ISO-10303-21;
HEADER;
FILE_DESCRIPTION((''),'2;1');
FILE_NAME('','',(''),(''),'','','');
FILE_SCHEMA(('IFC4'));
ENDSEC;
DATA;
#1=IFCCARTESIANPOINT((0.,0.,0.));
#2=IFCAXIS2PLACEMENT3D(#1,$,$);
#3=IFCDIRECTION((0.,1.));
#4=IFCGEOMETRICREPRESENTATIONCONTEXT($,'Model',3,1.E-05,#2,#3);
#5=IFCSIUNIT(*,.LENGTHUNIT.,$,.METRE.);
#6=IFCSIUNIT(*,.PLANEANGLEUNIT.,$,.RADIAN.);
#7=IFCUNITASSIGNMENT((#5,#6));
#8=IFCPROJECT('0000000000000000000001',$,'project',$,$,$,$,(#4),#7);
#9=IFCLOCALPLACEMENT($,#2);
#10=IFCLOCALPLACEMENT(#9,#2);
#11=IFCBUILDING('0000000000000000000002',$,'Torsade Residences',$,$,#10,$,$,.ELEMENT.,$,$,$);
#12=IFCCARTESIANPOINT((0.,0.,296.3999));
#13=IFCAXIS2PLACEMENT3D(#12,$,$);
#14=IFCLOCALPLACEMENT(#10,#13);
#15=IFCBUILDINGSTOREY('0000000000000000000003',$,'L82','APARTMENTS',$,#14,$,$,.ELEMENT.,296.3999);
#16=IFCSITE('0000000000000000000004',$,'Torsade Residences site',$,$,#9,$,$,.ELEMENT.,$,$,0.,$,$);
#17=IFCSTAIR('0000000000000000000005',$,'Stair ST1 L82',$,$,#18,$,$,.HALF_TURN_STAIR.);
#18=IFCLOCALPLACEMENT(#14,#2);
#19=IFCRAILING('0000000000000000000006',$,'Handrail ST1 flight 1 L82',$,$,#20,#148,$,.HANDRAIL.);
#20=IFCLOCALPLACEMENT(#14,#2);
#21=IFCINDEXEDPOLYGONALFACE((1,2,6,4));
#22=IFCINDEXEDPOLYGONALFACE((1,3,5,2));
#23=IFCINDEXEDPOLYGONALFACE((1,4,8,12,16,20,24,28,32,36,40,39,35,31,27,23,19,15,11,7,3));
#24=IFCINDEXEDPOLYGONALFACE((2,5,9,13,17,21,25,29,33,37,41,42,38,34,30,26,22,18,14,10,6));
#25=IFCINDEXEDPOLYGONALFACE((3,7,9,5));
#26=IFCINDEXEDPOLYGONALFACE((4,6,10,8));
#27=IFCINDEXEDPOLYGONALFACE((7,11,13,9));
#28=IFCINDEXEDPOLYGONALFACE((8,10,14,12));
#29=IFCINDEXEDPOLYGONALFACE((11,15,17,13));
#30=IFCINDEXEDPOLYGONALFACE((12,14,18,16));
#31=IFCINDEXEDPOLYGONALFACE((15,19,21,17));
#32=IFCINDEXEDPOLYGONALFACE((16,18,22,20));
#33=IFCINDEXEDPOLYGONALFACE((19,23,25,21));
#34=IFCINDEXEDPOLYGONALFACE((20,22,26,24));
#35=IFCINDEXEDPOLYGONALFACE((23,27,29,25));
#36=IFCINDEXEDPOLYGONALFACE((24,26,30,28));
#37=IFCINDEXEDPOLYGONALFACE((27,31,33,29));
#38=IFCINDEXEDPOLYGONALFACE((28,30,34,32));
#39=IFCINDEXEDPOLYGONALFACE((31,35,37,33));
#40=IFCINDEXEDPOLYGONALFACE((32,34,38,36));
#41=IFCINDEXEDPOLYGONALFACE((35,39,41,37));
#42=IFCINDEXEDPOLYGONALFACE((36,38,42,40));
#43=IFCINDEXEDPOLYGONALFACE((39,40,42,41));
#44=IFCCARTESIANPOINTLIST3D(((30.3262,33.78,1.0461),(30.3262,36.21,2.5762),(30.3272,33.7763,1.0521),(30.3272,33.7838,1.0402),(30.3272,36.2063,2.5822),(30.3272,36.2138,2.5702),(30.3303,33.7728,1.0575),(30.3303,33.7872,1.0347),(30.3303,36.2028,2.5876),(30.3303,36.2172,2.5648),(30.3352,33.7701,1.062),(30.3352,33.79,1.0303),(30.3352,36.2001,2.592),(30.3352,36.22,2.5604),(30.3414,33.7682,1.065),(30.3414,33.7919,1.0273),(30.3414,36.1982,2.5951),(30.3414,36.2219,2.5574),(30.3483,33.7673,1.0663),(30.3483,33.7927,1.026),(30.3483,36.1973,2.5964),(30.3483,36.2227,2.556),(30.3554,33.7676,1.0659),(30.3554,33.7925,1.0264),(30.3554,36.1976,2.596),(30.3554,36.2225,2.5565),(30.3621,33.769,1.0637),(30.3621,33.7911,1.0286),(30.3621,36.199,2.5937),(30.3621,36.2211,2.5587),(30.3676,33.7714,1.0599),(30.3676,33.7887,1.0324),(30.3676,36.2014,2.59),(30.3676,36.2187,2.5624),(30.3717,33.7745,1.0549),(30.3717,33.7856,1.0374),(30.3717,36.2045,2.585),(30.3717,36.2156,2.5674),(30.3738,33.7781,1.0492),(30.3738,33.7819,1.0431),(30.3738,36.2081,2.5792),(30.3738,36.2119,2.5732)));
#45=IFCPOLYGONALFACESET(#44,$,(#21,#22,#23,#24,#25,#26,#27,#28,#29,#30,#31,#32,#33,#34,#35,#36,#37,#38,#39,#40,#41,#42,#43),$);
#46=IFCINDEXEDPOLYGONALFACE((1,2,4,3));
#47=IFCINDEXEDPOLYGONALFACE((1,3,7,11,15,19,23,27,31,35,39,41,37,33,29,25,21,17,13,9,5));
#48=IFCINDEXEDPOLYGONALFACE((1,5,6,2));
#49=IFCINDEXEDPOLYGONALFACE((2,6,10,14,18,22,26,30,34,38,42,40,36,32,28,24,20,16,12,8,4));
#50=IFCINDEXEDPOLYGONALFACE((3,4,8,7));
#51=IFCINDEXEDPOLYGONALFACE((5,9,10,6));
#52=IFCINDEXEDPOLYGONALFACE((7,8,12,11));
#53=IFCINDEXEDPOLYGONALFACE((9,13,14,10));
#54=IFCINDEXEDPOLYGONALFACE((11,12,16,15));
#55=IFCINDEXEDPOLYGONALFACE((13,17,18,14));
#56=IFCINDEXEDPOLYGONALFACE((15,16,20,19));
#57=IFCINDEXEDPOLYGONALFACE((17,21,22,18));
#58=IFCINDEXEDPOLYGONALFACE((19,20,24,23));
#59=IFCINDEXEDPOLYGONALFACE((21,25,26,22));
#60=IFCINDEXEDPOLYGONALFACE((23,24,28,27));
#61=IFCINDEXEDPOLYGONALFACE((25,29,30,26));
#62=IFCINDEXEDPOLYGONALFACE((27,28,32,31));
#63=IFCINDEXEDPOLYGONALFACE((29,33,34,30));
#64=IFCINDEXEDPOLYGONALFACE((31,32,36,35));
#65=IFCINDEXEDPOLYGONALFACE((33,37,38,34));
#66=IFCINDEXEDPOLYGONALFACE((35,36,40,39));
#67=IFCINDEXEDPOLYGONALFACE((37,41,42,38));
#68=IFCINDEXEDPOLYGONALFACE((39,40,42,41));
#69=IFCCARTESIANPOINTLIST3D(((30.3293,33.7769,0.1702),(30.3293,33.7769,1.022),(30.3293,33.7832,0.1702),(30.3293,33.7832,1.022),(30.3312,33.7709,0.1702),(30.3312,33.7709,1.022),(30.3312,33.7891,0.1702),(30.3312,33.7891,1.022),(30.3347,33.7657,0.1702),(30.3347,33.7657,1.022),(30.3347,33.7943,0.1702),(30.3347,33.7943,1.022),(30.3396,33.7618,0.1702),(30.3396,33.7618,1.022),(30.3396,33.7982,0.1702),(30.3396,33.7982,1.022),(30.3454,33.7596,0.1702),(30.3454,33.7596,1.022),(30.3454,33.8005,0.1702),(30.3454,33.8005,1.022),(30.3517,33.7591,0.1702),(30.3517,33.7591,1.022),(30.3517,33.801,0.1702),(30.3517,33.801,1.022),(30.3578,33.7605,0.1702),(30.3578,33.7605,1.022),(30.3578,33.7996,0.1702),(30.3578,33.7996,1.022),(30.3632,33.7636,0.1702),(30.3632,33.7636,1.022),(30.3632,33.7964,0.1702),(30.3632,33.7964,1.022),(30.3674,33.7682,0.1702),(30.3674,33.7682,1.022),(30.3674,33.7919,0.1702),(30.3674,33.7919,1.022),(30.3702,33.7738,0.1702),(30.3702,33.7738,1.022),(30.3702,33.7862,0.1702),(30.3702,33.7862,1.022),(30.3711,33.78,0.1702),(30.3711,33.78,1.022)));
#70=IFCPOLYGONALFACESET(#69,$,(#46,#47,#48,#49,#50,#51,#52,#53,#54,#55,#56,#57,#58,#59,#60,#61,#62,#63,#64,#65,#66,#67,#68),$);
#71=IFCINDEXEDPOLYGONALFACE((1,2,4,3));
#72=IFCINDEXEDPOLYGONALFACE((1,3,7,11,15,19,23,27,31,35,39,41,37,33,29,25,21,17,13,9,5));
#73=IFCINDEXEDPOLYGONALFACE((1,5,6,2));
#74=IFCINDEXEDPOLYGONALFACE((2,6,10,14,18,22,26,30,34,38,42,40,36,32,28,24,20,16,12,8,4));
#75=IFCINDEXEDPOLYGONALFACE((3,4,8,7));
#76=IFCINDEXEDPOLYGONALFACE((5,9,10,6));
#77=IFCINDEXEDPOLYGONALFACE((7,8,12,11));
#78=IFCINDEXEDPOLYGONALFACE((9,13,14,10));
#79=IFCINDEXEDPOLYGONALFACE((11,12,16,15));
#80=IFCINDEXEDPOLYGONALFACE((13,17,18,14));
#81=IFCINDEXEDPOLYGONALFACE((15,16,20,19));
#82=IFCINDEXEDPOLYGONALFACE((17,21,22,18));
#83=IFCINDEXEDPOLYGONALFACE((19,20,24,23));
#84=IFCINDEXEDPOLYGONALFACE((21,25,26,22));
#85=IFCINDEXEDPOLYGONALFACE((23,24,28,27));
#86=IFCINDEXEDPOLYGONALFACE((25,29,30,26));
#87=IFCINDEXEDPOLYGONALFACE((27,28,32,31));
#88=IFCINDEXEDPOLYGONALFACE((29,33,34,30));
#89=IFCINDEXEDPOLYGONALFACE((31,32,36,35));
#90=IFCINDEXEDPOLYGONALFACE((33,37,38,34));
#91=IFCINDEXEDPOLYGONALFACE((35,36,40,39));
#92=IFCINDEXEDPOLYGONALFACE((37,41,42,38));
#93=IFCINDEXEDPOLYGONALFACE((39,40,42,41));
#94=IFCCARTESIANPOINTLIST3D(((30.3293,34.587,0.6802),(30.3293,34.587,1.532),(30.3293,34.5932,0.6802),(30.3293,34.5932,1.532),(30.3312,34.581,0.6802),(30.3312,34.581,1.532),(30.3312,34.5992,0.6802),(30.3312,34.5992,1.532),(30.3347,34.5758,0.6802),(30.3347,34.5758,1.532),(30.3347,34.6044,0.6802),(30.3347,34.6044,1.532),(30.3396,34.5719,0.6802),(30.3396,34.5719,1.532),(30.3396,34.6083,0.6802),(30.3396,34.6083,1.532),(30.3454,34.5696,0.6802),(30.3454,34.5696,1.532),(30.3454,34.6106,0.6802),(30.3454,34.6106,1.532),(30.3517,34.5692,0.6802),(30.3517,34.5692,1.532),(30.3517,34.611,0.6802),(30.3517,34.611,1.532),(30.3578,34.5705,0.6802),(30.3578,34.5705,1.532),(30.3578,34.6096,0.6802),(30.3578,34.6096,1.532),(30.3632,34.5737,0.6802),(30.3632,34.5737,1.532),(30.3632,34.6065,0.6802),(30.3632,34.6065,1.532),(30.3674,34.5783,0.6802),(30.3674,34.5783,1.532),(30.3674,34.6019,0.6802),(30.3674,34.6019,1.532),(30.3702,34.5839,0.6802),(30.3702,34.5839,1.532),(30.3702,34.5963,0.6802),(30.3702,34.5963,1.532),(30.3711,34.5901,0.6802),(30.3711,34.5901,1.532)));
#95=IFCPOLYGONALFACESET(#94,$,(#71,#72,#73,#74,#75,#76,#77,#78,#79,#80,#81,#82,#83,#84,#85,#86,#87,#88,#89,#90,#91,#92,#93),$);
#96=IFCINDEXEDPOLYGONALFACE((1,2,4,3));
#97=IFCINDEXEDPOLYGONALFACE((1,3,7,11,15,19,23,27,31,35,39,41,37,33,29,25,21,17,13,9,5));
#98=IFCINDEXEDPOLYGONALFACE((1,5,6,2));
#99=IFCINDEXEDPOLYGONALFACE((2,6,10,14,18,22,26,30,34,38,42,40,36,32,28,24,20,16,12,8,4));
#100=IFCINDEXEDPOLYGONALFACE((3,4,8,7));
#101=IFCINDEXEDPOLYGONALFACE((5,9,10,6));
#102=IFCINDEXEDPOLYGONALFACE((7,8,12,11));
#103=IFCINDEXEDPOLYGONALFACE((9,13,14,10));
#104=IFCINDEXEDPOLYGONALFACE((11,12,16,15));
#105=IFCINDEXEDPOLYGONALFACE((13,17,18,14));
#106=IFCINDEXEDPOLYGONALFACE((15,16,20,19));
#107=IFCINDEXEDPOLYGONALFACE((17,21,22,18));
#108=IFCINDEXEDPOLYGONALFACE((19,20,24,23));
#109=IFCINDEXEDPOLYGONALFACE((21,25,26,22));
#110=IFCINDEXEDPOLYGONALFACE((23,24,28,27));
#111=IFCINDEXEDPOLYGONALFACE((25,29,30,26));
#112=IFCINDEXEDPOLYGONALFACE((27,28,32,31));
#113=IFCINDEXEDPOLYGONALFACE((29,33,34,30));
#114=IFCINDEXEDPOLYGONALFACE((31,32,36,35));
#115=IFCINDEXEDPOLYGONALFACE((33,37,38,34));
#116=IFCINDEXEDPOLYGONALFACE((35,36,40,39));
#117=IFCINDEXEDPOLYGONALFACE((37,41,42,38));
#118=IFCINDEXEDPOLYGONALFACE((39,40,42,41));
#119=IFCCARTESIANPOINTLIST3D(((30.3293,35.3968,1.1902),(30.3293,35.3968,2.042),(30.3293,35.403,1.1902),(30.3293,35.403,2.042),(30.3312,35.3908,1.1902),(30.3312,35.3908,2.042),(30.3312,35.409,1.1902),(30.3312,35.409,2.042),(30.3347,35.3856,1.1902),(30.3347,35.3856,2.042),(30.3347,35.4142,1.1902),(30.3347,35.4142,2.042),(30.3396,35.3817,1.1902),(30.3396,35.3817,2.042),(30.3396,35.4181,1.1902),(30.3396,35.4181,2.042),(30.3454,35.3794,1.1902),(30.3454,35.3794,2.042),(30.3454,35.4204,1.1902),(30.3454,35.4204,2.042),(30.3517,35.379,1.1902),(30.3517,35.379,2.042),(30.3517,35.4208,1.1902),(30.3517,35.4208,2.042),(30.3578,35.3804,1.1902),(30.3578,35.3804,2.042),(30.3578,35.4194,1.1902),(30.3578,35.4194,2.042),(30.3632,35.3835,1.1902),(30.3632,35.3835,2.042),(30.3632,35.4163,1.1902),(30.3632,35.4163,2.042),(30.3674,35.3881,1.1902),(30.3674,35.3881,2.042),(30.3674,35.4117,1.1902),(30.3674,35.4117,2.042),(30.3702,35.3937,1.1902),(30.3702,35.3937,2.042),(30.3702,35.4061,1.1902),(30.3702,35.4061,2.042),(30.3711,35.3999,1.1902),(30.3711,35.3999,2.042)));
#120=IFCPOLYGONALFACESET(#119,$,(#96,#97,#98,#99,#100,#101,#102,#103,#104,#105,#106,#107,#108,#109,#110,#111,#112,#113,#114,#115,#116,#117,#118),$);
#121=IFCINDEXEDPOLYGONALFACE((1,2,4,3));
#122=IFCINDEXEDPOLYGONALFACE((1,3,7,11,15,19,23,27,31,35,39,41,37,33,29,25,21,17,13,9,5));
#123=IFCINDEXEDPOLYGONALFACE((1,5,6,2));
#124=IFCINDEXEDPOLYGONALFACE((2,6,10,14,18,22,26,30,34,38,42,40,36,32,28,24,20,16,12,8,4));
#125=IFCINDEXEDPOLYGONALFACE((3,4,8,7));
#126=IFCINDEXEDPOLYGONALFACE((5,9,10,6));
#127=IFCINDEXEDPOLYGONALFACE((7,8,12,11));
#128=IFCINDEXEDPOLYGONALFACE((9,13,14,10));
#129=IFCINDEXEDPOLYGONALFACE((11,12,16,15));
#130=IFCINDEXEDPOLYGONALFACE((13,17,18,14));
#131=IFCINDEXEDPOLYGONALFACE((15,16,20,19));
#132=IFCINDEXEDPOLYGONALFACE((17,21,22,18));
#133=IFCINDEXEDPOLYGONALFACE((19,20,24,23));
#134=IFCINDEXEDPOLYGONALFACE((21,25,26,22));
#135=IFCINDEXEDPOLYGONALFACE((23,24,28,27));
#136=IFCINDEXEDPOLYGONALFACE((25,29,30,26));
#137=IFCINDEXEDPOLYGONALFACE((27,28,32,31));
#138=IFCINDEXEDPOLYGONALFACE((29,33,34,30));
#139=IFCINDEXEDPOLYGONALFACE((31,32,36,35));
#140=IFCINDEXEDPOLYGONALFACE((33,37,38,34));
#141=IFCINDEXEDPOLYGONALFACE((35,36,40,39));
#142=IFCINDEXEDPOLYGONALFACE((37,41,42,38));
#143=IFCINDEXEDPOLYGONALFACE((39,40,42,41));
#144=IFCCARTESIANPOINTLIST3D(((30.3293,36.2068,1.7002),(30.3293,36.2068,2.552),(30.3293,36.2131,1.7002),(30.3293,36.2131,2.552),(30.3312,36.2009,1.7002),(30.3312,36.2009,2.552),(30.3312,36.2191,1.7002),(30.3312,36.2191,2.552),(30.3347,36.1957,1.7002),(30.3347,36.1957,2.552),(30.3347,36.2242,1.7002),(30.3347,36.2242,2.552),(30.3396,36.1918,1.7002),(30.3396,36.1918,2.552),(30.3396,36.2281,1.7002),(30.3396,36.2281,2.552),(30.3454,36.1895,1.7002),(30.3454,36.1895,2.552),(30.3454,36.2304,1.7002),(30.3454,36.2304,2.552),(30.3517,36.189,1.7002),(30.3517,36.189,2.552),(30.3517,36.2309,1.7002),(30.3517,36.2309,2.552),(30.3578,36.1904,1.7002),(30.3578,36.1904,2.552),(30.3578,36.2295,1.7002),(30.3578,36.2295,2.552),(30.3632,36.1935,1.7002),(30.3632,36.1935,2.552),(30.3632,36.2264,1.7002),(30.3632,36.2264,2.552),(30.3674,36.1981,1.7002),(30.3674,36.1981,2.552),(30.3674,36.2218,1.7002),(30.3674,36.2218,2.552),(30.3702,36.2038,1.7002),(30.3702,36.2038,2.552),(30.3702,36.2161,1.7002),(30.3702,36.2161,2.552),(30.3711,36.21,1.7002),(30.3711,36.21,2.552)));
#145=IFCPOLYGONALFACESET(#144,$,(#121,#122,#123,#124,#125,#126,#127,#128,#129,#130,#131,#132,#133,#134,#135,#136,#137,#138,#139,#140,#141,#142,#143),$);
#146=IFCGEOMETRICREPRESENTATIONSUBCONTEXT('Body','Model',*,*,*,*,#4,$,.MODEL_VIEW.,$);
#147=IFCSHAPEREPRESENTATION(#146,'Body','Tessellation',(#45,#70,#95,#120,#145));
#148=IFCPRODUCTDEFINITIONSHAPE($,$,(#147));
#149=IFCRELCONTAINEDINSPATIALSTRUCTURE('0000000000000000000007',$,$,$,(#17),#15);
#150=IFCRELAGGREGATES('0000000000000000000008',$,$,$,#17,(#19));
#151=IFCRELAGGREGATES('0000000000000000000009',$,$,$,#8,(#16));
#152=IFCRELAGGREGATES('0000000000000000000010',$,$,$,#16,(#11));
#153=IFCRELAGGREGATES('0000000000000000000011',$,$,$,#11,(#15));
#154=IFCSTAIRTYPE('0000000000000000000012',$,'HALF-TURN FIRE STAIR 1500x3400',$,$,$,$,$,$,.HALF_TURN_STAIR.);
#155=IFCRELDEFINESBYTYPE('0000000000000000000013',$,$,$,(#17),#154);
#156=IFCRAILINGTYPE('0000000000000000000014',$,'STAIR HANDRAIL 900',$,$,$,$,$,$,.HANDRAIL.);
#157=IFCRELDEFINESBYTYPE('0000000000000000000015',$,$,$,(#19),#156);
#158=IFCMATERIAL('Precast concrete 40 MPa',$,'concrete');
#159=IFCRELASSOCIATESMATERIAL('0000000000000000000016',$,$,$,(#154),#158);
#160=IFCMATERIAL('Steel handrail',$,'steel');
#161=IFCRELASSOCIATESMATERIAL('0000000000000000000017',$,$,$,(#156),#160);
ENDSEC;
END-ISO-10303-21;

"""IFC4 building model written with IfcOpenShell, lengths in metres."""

from ifc_helpers import new_model, si_unit, direction, frame, origin, origin_2d, place, context, subcontext, project, spatial, circle, extrude, material, type_object, element, aggregate, save


model = new_model("IFC4")

# Units and contexts
model_context = context("Model", 3, precision=1e-05, world=origin(), true_north=direction((0.0, 1.0)))
body_context = subcontext(model_context, "Body", "Model", "MODEL_VIEW")
ifc_project = project(units=[si_unit("LENGTHUNIT", "METRE"), si_unit("PLANEANGLEUNIT", "RADIAN")], contexts=[model_context])

# Site, building, storey
site_placement = place(None, origin())
site = spatial("IfcSite", under=ifc_project, at=site_placement, Name="Torsade Residences site", CompositionType="ELEMENT", RefElevation=0.0)
building_placement = place(site_placement, origin())
building = spatial("IfcBuilding", under=site, at=building_placement, Name="Torsade Residences", CompositionType="ELEMENT")
storey_placement = place(building_placement, frame((0.0, 0.0, 296.3999)))
storey = spatial("IfcBuildingStorey", under=building, at=storey_placement, Name="L82", Description="APARTMENTS", CompositionType="ELEMENT", Elevation=296.3999)

# Stair, railing
ifc_material_1 = material(Name="Precast concrete 40 MPa", Category="concrete")
stair_type = type_object("IfcStairType", Name="HALF-TURN FIRE STAIR 1500x3400", PredefinedType="HALF_TURN_STAIR", material=ifc_material_1)
stair_placement = place(storey_placement, origin())
stair = element("IfcStair", 1, at=stair_placement, inside=storey, type_object=stair_type, Name="Stair ST1 L82", PredefinedType="HALF_TURN_STAIR")
ifc_material_2 = material(Name="Steel handrail", Category="steel")
railing_type = type_object("IfcRailingType", Name="STAIR HANDRAIL 900", PredefinedType="HANDRAIL", material=ifc_material_2)
railing_1_placement = place(storey_placement, frame((30.3501, 33.78, 0.1702)))
railing_1 = element("IfcRailing", 2, at=railing_1_placement, type_object=railing_type, Name="Handrail ST1 flight 1 L82", PredefinedType="HANDRAIL", context=body_context, shape_type="SweptSolid", body=[
    extrude(circle(Radius=0.0239, at=origin_2d()), frame((0.0, 0.0, 0.876), z_axis=(0.0, 0.846221, 0.532831), x_axis=(-1.0, 0.0, 0.0)), (0.0, 0.0, 1.0), 2.8716),
    extrude(circle(Radius=0.021, at=origin_2d()), origin(), (0.0, 0.0, 1.0), 0.8518),
    extrude(circle(Radius=0.021, at=origin_2d()), frame((0.0, 0.8101, 0.51)), (0.0, 0.0, 1.0), 0.8518),
    extrude(circle(Radius=0.021, at=origin_2d()), frame((0.0, 1.6199, 1.02)), (0.0, 0.0, 1.0), 0.8518),
    extrude(circle(Radius=0.021, at=origin_2d()), frame((0.0, 2.4299, 1.53)), (0.0, 0.0, 1.0), 0.8518),
])
aggregate(stair, [railing_1])

save(model, "model.ifc")
